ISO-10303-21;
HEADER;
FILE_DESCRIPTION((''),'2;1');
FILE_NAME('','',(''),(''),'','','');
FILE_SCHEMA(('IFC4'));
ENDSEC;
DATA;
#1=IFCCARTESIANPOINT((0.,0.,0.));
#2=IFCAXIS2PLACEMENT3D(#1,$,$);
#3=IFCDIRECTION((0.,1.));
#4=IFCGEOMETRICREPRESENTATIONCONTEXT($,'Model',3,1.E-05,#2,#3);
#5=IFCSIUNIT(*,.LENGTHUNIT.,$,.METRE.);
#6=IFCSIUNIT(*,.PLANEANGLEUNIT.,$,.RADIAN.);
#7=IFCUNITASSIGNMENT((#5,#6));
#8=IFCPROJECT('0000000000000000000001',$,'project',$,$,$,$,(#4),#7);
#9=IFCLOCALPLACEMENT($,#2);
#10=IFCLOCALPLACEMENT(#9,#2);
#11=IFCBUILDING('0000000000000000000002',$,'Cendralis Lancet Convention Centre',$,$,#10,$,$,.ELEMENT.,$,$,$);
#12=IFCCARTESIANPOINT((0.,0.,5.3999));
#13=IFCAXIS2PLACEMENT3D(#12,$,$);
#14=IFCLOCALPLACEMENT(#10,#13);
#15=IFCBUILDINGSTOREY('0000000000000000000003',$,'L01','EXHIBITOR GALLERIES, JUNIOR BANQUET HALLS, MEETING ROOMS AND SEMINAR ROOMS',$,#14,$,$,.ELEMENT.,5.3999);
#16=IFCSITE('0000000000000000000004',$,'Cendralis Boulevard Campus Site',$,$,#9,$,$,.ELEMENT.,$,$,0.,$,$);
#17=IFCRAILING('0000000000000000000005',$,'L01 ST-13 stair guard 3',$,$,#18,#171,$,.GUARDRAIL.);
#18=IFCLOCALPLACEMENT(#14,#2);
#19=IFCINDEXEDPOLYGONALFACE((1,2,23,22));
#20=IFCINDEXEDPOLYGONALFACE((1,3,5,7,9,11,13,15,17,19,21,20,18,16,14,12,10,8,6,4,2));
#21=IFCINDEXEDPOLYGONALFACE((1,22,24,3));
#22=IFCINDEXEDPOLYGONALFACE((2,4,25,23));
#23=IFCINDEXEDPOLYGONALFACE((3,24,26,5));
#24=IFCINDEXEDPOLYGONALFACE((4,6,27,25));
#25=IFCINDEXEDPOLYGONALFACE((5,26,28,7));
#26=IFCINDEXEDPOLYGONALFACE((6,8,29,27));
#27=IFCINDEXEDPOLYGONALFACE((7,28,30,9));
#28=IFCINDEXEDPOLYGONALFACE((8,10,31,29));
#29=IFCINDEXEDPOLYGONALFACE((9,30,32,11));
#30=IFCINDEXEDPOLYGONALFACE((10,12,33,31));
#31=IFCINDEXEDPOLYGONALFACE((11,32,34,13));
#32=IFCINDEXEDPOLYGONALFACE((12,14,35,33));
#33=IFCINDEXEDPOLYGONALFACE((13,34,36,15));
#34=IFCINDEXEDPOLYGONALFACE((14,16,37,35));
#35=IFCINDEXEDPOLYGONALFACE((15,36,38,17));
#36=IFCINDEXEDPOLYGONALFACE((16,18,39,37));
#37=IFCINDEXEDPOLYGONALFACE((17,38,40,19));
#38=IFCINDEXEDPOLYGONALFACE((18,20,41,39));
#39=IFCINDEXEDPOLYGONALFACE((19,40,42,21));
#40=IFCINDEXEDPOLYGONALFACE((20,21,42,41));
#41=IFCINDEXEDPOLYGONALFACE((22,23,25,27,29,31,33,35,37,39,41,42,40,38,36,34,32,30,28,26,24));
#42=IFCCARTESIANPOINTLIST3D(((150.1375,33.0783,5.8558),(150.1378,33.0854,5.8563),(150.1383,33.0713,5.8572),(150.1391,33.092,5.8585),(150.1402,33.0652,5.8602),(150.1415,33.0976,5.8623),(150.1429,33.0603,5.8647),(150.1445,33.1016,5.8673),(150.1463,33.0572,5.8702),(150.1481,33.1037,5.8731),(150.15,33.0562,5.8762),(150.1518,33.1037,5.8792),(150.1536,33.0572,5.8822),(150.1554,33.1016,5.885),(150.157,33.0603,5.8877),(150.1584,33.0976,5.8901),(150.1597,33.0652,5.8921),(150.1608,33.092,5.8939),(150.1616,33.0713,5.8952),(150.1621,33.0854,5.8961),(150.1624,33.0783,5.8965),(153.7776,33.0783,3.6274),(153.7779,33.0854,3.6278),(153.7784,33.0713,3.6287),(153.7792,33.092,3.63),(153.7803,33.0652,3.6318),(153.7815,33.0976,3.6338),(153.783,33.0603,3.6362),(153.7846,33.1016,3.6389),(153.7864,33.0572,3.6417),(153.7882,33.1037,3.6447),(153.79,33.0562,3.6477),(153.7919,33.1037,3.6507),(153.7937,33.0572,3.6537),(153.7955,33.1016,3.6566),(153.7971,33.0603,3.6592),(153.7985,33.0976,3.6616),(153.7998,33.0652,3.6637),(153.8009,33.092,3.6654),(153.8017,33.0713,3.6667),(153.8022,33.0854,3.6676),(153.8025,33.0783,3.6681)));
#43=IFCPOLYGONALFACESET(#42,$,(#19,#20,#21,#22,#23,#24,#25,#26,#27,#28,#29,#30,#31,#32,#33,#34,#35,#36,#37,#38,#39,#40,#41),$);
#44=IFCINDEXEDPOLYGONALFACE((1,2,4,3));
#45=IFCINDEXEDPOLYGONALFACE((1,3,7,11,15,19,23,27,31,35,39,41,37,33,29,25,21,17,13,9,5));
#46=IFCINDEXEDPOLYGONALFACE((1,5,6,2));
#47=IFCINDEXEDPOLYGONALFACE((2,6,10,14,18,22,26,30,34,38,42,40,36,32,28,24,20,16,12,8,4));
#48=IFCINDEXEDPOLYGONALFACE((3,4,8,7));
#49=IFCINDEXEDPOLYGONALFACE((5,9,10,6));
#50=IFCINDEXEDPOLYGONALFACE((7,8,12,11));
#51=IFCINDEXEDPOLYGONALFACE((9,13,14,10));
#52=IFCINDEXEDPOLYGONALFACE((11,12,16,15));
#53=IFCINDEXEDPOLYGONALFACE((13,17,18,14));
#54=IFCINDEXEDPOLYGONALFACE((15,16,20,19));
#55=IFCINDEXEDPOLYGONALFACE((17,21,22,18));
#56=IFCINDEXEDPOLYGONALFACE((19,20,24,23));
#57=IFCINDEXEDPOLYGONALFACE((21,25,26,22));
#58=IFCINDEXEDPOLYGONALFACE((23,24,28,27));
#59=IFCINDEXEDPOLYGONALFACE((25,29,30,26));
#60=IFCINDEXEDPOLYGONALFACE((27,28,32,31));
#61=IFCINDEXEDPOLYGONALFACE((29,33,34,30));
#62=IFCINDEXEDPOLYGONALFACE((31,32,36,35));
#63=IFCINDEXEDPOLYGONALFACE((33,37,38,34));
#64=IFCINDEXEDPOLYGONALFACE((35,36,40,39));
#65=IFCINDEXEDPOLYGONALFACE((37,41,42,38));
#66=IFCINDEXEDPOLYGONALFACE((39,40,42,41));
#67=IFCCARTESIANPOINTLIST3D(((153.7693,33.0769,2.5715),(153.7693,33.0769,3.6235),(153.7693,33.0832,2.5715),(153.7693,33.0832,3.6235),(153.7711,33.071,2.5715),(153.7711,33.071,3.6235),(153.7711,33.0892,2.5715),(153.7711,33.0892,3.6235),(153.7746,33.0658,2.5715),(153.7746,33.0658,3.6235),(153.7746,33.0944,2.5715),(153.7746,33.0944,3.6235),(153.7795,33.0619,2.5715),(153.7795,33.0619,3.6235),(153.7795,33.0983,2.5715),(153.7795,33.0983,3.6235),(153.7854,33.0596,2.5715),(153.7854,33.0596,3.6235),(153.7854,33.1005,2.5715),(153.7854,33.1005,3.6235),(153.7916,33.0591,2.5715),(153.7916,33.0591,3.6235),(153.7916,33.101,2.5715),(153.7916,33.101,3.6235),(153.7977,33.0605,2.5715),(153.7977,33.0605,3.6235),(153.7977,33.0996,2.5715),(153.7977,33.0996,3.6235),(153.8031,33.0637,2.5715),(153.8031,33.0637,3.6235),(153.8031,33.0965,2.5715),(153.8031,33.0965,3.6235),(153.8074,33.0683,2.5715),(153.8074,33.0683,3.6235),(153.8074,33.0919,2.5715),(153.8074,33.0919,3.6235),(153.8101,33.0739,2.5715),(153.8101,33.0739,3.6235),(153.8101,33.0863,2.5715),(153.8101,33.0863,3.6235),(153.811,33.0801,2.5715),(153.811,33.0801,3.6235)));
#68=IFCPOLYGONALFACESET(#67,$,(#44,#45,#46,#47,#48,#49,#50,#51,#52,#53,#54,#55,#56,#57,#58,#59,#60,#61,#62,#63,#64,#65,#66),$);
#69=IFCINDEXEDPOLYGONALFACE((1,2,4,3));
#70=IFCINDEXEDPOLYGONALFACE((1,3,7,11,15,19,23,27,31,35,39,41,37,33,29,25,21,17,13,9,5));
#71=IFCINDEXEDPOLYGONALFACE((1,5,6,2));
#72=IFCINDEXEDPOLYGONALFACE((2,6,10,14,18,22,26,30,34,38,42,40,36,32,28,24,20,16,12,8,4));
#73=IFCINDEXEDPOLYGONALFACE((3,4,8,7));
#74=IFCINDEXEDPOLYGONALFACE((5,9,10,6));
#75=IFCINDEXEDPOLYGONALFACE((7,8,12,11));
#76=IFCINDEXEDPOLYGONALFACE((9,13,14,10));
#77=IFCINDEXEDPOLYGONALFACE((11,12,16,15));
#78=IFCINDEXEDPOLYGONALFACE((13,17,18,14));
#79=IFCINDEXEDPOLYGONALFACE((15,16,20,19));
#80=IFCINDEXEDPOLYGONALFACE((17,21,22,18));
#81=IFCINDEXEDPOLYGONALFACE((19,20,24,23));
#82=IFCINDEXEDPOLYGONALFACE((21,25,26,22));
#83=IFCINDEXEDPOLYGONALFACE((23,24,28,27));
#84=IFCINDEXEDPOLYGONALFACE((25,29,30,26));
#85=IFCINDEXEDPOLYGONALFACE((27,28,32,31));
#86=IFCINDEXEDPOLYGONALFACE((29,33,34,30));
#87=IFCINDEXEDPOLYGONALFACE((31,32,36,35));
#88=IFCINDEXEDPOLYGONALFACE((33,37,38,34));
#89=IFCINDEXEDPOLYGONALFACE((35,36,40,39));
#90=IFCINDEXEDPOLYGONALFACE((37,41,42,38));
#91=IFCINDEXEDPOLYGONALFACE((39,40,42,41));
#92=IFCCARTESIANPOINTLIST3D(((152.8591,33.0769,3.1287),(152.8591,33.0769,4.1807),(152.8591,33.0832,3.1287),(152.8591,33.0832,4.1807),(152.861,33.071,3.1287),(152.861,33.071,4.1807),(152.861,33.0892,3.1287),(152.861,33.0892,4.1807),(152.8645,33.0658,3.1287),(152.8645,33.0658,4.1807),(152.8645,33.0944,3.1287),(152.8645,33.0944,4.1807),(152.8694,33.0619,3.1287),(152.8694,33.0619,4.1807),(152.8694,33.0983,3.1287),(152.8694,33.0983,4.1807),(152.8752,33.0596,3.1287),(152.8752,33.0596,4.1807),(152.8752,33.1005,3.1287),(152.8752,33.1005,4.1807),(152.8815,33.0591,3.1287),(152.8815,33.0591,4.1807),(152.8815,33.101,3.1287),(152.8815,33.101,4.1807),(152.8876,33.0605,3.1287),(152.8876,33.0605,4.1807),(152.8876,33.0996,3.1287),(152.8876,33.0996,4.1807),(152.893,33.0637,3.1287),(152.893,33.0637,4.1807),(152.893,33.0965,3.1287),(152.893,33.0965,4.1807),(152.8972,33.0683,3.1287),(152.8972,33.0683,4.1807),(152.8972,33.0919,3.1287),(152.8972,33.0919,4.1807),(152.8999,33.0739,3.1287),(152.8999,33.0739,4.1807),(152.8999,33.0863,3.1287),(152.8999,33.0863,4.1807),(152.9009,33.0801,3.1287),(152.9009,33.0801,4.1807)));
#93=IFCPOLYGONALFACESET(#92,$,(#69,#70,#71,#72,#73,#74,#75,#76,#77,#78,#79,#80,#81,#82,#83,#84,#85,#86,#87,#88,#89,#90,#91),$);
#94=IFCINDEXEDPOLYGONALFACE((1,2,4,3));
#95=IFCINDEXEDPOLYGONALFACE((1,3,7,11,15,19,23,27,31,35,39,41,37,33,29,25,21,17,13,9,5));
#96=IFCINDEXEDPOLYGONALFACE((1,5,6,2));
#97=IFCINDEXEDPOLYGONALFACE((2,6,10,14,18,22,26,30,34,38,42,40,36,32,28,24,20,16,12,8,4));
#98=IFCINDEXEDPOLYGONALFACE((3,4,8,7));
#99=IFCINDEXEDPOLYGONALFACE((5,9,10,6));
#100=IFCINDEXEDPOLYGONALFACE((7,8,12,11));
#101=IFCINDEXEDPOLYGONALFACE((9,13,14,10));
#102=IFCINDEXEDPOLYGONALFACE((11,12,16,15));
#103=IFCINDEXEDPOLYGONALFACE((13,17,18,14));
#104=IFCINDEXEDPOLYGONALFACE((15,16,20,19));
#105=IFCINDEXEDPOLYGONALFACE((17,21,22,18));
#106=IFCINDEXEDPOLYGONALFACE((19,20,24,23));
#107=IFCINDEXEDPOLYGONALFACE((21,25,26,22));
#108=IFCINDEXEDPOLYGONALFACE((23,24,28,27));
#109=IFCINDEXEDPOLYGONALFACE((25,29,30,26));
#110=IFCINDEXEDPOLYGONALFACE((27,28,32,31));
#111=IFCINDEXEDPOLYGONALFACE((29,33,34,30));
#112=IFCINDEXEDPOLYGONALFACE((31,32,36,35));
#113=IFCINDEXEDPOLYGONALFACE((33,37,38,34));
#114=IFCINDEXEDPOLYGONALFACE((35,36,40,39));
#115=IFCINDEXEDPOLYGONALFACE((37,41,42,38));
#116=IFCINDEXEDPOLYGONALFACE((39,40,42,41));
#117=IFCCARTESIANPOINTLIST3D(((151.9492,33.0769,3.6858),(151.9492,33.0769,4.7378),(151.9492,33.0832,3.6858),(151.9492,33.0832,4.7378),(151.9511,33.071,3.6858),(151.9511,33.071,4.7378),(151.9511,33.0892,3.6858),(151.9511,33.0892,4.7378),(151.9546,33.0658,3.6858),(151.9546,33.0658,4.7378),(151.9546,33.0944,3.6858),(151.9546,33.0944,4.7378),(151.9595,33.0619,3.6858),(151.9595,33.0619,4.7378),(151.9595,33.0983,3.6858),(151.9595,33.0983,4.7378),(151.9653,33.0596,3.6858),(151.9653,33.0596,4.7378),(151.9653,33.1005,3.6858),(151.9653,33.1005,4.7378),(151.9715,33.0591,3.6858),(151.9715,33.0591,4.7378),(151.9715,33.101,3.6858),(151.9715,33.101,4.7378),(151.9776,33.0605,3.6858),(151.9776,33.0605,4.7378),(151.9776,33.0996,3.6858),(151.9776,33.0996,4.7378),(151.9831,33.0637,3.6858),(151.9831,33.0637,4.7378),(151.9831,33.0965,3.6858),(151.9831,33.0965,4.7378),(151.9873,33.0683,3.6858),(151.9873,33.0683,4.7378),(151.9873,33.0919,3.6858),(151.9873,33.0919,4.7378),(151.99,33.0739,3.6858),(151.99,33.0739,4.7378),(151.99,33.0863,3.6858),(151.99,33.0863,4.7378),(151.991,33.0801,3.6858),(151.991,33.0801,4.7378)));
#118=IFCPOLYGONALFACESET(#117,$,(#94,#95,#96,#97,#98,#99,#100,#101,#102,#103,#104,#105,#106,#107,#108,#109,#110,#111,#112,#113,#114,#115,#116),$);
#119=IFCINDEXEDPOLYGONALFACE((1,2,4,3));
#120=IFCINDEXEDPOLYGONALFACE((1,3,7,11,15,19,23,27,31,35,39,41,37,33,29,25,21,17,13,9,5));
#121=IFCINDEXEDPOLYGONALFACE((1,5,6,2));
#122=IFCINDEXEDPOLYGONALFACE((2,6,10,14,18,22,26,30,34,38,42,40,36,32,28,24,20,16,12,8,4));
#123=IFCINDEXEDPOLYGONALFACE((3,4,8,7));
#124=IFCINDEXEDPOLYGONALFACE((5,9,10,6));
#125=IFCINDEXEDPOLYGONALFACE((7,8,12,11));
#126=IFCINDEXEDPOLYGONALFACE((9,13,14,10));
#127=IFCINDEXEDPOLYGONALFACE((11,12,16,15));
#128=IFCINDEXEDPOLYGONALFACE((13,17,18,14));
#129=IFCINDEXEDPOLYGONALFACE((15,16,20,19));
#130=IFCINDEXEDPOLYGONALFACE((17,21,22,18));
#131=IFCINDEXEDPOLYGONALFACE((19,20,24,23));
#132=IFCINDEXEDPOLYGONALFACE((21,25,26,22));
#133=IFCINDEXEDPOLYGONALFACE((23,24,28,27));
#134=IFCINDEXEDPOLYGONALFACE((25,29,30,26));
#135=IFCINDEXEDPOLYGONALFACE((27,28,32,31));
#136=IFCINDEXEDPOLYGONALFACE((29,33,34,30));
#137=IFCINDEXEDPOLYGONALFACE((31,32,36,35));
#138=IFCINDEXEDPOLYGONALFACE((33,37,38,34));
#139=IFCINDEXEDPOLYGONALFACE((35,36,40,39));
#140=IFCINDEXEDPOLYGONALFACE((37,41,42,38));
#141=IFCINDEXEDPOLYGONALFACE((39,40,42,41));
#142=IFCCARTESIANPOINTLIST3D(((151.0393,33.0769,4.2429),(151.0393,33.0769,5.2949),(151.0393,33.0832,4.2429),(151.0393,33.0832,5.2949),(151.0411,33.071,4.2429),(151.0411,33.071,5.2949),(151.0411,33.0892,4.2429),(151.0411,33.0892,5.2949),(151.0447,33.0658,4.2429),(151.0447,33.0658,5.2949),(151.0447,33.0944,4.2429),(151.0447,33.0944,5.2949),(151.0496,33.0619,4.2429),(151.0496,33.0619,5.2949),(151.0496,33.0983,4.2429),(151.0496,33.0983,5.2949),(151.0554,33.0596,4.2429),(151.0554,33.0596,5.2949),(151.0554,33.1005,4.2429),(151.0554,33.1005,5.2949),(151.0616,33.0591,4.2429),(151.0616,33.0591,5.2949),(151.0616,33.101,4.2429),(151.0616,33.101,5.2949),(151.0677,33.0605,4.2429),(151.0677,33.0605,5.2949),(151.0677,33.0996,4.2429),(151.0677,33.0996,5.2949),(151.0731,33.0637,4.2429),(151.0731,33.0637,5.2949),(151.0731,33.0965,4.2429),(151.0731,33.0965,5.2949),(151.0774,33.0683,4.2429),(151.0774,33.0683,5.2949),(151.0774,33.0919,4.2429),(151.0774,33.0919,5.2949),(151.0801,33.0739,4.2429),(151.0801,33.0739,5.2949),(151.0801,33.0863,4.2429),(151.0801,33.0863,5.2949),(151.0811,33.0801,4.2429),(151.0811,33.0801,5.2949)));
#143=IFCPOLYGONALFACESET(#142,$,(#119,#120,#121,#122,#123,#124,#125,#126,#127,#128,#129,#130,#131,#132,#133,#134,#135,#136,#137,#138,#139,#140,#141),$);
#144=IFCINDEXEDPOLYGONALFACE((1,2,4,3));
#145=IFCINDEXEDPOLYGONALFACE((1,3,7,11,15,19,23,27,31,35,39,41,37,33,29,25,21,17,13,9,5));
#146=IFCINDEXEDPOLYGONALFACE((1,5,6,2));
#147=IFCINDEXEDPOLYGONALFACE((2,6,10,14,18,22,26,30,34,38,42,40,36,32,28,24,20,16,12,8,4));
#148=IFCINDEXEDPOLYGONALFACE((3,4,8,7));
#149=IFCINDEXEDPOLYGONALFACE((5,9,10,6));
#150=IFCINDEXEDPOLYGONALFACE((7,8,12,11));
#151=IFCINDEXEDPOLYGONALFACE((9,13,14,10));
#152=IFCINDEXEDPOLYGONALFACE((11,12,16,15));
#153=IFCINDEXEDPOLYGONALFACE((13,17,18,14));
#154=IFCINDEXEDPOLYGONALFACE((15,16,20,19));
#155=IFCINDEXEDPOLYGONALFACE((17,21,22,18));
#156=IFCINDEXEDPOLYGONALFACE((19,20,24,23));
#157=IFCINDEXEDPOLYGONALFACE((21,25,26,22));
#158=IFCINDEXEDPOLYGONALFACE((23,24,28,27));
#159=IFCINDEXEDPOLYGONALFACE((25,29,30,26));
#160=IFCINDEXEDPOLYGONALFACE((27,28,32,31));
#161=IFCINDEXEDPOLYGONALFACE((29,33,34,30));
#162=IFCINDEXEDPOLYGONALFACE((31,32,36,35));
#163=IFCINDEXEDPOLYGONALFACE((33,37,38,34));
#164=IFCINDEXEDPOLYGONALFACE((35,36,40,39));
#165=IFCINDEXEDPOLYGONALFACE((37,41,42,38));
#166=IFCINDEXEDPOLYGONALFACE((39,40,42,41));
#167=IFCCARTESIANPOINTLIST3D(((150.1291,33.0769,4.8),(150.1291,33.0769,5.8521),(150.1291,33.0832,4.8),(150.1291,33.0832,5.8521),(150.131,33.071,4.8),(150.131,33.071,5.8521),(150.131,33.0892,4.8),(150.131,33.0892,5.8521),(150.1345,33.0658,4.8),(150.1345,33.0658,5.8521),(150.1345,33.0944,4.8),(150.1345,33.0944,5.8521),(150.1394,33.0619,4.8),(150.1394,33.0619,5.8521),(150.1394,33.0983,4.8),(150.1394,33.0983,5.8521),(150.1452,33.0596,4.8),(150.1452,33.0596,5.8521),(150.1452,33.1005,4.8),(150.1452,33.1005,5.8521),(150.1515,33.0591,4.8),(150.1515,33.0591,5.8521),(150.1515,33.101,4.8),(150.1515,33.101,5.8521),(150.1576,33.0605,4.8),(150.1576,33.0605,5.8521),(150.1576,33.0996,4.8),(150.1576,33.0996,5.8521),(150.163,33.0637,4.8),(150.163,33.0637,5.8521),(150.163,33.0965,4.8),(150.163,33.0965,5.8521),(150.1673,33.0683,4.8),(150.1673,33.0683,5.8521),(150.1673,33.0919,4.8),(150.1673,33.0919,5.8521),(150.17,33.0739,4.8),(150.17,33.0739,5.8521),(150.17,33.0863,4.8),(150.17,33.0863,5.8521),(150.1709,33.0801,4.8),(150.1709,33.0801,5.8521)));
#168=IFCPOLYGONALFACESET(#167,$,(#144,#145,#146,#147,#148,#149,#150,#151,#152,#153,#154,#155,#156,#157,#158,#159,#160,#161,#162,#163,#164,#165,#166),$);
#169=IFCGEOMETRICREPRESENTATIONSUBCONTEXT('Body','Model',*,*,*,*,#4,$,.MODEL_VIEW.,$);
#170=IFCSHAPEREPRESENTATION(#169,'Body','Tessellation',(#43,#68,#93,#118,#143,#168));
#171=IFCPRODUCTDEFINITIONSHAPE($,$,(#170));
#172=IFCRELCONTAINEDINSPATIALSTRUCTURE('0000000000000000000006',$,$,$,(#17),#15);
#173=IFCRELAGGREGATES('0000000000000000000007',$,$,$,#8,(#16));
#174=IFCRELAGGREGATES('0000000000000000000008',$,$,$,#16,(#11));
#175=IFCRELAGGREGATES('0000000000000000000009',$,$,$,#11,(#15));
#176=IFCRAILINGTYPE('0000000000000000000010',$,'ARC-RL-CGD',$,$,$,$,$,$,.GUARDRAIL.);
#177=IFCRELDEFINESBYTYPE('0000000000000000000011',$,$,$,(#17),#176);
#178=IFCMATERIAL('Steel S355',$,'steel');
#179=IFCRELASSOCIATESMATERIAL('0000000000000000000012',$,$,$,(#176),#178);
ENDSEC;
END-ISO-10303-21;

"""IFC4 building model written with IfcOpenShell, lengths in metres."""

from ifc_helpers import new_model, si_unit, direction, frame, origin, origin_2d, place, context, subcontext, project, spatial, circle, extrude, material, type_object, element, save


model = new_model("IFC4")

# Units and contexts
model_context = context("Model", 3, precision=1e-05, world=origin(), true_north=direction((0.0, 1.0)))
body_context = subcontext(model_context, "Body", "Model", "MODEL_VIEW")
ifc_project = project(units=[si_unit("LENGTHUNIT", "METRE"), si_unit("PLANEANGLEUNIT", "RADIAN")], contexts=[model_context])

# Site, building, storey
site_placement = place(None, origin())
site = spatial("IfcSite", under=ifc_project, at=site_placement, Name="Cendralis Boulevard Campus Site", CompositionType="ELEMENT", RefElevation=0.0)
building_placement = place(site_placement, origin())
building = spatial("IfcBuilding", under=site, at=building_placement, Name="Cendralis Lancet Convention Centre", CompositionType="ELEMENT")
storey_placement = place(building_placement, frame((0.0, 0.0, 5.3999)))
storey = spatial("IfcBuildingStorey", under=building, at=storey_placement, Name="L01", Description="EXHIBITOR GALLERIES, JUNIOR BANQUET HALLS, MEETING ROOMS AND SEMINAR ROOMS", CompositionType="ELEMENT", Elevation=5.3999)

# Shared definitions
ifc_material_1 = material(Name="Steel S355", Category="steel")

# Railing
railing_type_1 = type_object("IfcRailingType", Name="ARC-RL-CGD", PredefinedType="GUARDRAIL", material=ifc_material_1)
railing_1_placement = place(storey_placement, frame((153.79, 33.0801, 2.5715)))
element("IfcRailing", 1, at=railing_1_placement, inside=storey, type_object=railing_type_1, Name="L01 ST-13 stair guard 3", PredefinedType="GUARDRAIL", context=body_context, shape_type="SweptSolid", body=[
    extrude(circle(Radius=0.0239, at=origin_2d()), frame((0.0, 0.0, 1.0762), z_axis=(-0.852866, 0.0, 0.52213), x_axis=(0.0, -1.0, 0.0)), (0.0, 0.0, 1.0), 4.2681),
    extrude(circle(Radius=0.021, at=origin_2d()), origin(), (0.0, 0.0, 1.0), 1.052),
    extrude(circle(Radius=0.021, at=origin_2d()), frame((-0.9102, 0.0, 0.5571)), (0.0, 0.0, 1.0), 1.052),
    extrude(circle(Radius=0.021, at=origin_2d()), frame((-1.8201, 0.0, 1.1143)), (0.0, 0.0, 1.0), 1.052),
    extrude(circle(Radius=0.021, at=origin_2d()), frame((-2.73, 0.0, 1.6714)), (0.0, 0.0, 1.0), 1.052),
    extrude(circle(Radius=0.021, at=origin_2d()), frame((-3.6401, 0.0, 2.2285)), (0.0, 0.0, 1.0), 1.052),
])

save(model, "model.ifc")
